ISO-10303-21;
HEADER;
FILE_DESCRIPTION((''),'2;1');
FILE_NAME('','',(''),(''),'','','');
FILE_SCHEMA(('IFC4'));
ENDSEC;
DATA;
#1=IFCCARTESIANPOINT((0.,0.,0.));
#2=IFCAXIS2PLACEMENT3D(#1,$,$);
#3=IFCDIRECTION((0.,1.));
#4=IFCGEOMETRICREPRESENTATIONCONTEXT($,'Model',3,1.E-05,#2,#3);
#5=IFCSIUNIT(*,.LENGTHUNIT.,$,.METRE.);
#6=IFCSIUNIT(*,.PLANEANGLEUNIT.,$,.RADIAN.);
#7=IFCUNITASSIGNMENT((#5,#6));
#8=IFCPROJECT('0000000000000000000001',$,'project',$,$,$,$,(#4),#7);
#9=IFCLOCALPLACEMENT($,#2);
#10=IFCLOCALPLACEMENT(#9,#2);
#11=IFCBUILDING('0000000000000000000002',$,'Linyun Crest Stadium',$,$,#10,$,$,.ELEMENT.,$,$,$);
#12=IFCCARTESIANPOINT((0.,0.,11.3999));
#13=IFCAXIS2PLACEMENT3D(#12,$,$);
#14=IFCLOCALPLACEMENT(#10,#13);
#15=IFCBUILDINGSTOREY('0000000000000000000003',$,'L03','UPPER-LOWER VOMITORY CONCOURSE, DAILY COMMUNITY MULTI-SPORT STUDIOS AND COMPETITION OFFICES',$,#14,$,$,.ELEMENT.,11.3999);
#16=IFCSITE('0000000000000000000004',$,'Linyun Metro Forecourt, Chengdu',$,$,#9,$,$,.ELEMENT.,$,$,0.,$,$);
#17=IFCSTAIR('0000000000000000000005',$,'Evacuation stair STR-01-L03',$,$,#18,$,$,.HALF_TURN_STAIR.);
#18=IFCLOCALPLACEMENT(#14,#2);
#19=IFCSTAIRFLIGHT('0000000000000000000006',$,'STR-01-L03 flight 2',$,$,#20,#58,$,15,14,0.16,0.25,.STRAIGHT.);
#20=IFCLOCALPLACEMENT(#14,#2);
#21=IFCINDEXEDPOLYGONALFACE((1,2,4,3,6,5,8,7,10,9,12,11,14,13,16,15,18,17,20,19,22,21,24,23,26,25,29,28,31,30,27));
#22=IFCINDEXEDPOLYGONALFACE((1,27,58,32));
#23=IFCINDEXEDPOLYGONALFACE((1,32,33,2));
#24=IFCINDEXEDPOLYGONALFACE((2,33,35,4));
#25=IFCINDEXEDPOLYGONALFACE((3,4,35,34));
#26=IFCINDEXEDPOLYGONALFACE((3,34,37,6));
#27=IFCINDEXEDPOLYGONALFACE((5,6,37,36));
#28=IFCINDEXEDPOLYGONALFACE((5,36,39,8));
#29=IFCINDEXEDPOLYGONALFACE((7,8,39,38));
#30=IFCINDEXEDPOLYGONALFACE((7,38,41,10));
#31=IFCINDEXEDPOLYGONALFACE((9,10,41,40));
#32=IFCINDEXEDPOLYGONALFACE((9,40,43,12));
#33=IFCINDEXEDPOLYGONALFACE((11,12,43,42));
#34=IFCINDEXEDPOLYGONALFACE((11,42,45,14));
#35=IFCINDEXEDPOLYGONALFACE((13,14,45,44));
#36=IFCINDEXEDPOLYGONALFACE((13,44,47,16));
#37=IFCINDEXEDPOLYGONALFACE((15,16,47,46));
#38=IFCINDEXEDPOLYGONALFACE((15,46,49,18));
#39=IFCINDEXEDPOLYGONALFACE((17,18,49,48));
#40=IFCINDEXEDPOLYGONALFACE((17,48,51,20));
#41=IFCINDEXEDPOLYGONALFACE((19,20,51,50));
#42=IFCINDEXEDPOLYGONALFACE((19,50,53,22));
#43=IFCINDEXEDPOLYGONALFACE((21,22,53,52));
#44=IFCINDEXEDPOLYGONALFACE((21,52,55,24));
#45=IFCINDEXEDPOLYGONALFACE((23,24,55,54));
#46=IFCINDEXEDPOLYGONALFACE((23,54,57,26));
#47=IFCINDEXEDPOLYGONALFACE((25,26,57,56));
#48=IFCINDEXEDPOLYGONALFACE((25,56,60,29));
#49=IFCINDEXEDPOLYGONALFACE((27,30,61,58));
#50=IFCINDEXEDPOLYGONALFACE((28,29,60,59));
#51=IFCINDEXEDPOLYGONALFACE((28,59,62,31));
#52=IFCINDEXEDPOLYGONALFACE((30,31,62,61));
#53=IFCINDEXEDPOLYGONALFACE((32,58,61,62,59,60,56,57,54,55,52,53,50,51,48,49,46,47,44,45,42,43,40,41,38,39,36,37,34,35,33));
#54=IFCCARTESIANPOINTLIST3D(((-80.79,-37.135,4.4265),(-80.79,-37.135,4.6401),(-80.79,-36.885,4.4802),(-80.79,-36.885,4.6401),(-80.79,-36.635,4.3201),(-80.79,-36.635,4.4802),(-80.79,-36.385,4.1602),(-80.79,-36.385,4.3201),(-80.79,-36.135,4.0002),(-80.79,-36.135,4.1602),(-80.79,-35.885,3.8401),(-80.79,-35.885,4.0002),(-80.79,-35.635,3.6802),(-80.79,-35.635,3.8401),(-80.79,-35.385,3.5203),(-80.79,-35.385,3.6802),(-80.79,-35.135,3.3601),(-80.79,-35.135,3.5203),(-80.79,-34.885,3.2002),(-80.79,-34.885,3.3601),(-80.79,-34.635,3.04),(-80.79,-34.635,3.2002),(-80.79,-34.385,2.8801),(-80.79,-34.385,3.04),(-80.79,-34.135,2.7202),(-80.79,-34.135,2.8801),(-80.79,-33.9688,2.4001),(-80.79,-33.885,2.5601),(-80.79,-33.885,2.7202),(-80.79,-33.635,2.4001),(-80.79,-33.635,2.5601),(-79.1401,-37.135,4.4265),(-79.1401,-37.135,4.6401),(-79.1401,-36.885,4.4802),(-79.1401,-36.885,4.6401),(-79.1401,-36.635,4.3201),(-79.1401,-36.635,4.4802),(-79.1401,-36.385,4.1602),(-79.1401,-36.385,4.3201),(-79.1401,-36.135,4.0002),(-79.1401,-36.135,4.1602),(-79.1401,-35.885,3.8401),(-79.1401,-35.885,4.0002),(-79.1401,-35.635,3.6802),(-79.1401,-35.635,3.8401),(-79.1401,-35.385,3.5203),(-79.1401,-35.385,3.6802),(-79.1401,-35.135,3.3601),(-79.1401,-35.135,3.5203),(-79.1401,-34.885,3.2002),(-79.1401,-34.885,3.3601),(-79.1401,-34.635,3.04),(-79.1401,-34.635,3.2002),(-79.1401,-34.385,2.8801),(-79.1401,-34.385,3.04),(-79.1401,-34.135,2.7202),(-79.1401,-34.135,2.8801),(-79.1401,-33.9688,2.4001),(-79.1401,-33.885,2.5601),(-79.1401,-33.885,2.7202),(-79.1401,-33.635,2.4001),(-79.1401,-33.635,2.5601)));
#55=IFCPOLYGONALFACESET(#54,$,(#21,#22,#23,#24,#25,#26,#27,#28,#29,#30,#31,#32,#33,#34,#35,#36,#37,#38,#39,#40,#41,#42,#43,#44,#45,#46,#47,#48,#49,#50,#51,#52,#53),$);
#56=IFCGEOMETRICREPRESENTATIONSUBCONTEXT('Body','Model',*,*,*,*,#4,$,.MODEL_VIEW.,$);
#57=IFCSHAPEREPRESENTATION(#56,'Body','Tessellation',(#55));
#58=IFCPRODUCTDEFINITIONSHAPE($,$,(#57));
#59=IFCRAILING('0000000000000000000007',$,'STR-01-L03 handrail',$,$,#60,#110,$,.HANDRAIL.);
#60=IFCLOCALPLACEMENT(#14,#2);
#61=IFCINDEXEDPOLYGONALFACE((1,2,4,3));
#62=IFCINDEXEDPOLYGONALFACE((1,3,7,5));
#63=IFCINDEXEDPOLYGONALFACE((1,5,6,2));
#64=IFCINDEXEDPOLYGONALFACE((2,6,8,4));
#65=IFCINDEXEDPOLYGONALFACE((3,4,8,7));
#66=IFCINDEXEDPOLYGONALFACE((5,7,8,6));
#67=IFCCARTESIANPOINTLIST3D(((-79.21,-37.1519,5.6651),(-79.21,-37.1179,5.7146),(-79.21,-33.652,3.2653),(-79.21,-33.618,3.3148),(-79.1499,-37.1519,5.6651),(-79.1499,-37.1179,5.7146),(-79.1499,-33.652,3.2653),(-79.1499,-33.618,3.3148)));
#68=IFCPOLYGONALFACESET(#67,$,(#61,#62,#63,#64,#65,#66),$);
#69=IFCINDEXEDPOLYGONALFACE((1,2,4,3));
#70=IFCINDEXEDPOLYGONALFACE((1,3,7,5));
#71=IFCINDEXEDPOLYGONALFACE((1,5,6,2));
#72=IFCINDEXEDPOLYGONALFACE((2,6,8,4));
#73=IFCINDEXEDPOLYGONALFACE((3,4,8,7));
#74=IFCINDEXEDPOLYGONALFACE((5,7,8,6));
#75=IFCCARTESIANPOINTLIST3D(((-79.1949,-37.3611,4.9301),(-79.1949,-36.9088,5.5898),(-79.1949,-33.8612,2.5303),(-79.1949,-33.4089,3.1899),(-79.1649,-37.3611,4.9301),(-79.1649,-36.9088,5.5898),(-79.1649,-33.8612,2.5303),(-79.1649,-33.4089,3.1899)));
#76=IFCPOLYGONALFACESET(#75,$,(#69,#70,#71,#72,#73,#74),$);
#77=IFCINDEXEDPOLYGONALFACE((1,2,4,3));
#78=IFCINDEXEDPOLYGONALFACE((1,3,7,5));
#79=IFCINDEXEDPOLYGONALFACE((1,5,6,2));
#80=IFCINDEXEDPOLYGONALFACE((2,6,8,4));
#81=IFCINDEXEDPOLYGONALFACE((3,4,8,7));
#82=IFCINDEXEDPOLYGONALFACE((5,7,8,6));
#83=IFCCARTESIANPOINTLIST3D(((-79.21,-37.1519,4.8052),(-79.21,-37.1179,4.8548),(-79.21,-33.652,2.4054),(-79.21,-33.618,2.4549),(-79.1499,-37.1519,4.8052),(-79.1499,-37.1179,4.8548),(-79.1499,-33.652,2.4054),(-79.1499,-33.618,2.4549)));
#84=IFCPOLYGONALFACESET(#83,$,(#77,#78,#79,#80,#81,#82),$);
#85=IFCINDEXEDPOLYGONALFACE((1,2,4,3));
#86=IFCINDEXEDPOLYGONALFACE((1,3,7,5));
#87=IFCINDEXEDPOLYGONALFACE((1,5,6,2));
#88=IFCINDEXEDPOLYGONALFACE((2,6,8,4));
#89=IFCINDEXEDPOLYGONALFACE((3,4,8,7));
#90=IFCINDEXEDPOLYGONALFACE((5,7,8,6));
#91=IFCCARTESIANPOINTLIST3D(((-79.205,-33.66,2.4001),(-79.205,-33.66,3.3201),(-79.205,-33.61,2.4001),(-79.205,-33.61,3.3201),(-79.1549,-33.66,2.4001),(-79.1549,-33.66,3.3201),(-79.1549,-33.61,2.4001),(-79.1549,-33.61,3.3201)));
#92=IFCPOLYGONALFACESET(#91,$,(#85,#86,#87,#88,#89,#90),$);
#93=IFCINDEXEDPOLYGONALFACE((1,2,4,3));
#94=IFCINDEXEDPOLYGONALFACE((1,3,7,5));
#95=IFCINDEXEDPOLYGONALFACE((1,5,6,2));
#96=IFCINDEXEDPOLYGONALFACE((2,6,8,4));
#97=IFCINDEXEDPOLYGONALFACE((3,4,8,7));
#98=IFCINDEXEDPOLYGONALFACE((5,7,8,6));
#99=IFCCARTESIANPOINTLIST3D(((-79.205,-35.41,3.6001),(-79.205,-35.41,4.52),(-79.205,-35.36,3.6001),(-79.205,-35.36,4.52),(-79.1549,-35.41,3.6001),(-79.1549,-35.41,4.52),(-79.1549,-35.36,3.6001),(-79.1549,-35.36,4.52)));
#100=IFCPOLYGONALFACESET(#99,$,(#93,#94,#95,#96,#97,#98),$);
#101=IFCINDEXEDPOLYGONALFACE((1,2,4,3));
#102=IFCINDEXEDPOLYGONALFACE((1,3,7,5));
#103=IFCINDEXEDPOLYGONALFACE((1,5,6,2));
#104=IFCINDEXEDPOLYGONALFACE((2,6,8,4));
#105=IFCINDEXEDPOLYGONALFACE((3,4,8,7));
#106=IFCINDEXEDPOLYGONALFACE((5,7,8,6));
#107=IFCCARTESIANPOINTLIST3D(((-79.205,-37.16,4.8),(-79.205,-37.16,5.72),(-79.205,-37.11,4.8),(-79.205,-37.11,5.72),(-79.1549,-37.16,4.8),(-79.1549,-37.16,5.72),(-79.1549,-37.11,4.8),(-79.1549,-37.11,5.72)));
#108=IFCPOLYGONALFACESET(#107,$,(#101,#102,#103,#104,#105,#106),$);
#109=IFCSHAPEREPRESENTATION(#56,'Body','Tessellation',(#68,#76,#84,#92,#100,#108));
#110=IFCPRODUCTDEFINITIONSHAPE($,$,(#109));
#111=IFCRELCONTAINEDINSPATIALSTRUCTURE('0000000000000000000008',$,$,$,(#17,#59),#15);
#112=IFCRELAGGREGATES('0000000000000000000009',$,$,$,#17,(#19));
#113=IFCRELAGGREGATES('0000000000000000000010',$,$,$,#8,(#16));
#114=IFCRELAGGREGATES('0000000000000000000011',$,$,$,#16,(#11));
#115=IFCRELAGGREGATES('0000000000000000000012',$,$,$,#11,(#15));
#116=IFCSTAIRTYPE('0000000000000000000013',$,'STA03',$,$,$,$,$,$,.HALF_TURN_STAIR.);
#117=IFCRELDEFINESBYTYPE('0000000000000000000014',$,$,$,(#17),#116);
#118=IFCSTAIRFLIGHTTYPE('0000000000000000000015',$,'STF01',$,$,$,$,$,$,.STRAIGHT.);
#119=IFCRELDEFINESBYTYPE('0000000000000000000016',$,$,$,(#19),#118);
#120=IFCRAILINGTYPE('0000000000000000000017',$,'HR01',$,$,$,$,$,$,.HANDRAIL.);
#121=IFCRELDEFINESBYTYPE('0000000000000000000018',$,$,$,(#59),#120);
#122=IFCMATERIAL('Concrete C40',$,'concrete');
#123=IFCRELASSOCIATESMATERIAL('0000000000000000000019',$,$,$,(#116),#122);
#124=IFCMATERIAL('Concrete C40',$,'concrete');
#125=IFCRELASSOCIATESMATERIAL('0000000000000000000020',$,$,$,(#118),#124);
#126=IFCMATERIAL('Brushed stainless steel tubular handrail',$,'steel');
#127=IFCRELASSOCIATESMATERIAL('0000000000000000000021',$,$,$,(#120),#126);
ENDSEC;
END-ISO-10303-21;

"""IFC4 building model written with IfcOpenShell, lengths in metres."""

from ifc_helpers import new_model, si_unit, direction, frame, origin, origin_2d, place, context, subcontext, project, spatial, polyline, rectangle, outline, extrude, material, type_object, element, aggregate, save


model = new_model("IFC4")

# Units and contexts
model_context = context("Model", 3, precision=1e-05, world=origin(), true_north=direction((0.0, 1.0)))
body_context = subcontext(model_context, "Body", "Model", "MODEL_VIEW")
ifc_project = project(units=[si_unit("LENGTHUNIT", "METRE"), si_unit("PLANEANGLEUNIT", "RADIAN")], contexts=[model_context])

# Site, building, storey
site_placement = place(None, origin())
site = spatial("IfcSite", under=ifc_project, at=site_placement, Name="Linyun Metro Forecourt, Chengdu", CompositionType="ELEMENT", RefElevation=0.0)
building_placement = place(site_placement, origin())
building = spatial("IfcBuilding", under=site, at=building_placement, Name="Linyun Crest Stadium", CompositionType="ELEMENT")
storey_placement = place(building_placement, frame((0.0, 0.0, 11.3999)))
storey = spatial("IfcBuildingStorey", under=building, at=storey_placement, Name="L03", Description="UPPER-LOWER VOMITORY CONCOURSE, DAILY COMMUNITY MULTI-SPORT STUDIOS AND COMPETITION OFFICES", CompositionType="ELEMENT", Elevation=11.3999)

# Stair, stair flight
ifc_material_1 = material(Name="Concrete C40", Category="concrete")
stair_type = type_object("IfcStairType", Name="STA03", PredefinedType="HALF_TURN_STAIR", material=ifc_material_1)
stair_placement = place(storey_placement, origin())
stair = element("IfcStair", 1, at=stair_placement, inside=storey, type_object=stair_type, Name="Evacuation stair STR-01-L03", PredefinedType="HALF_TURN_STAIR")
ifc_material_2 = material(Name="Concrete C40", Category="concrete")
stair_flight_type = type_object("IfcStairFlightType", Name="STF01", PredefinedType="STRAIGHT", material=ifc_material_2)
stair_flight_placement = place(storey_placement, frame((-79.9651, -33.635, 2.4001), z_axis=(0.0, 0.0, 1.0), x_axis=(0.0, -1.0, 0.0)))
stair_flight = element("IfcStairFlight", 2, at=stair_flight_placement, type_object=stair_flight_type, Name="STR-01-L03 flight 2", NumberOfRisers=15, NumberOfTreads=14, PredefinedType="STRAIGHT", RiserHeight=0.16, TreadLength=0.25, context=body_context, shape_type="SweptSolid", body=[
    extrude(outline(polyline([(0.0, 0.0), (0.0, 0.1599), (0.25, 0.1599), (0.25, 0.3201), (0.5, 0.3201), (0.5, 0.48), (0.75, 0.48), (0.75, 0.6399), (1.0, 0.6399), (1.0, 0.8), (1.25, 0.8), (1.25, 0.96), (1.5, 0.96), (1.5, 1.1201), (1.75, 1.1201), (1.75, 1.28), (2.0, 1.28), (2.0, 1.4399), (2.25, 1.4399), (2.25, 1.6001), (2.5, 1.6001), (2.5, 1.76), (2.75, 1.76), (2.75, 1.9199), (3.0, 1.9199), (3.0, 2.0801), (3.25, 2.0801), (3.25, 2.24), (3.5, 2.24), (3.5, 2.3999), (3.5, 2.0264), (0.3337, 0.0), (0.0, 0.0)])), frame((0.0, 0.825, 0.0), z_axis=(0.0, -1.0, 0.0), x_axis=(1.0, 0.0, 0.0)), (0.0, 0.0, 1.0), 1.6499),
])
aggregate(stair, [stair_flight])

# Railing
ifc_material_3 = material(Name="Brushed stainless steel tubular handrail", Category="steel")
railing_type = type_object("IfcRailingType", Name="HR01", PredefinedType="HANDRAIL", material=ifc_material_3)
railing_placement = place(storey_placement, frame((-79.1799, -33.635, 2.4001)))
element("IfcRailing", 3, at=railing_placement, inside=storey, type_object=railing_type, Name="STR-01-L03 handrail", PredefinedType="HANDRAIL", context=body_context, shape_type="SweptSolid", body=[
    extrude(rectangle(XDim=0.0601, YDim=0.0601, at=origin_2d()), frame((0.0, 0.0, 0.8899), z_axis=(0.0, -0.82474, 0.565513), x_axis=(1.0, 0.0, 0.0)), (0.0, 0.0, 1.0), 4.2437),
    extrude(rectangle(XDim=0.03, YDim=0.7998, at=origin_2d()), frame((0.0, 0.0, 0.46), z_axis=(0.0, -0.82474, 0.565513), x_axis=(1.0, 0.0, 0.0)), (0.0, 0.0, 1.0), 4.2437),
    extrude(rectangle(XDim=0.0601, YDim=0.0601, at=origin_2d()), frame((0.0, 0.0, 0.03), z_axis=(0.0, -0.82474, 0.565513), x_axis=(1.0, 0.0, 0.0)), (0.0, 0.0, 1.0), 4.2437),
    extrude(rectangle(XDim=0.05, YDim=0.05, at=origin_2d()), origin(), (0.0, 0.0, 1.0), 0.9199),
    extrude(rectangle(XDim=0.05, YDim=0.05, at=origin_2d()), frame((0.0, -1.75, 1.2)), (0.0, 0.0, 1.0), 0.9199),
    extrude(rectangle(XDim=0.05, YDim=0.05, at=origin_2d()), frame((0.0, -3.5, 2.3999)), (0.0, 0.0, 1.0), 0.9199),
])

save(model, "model.ifc")
